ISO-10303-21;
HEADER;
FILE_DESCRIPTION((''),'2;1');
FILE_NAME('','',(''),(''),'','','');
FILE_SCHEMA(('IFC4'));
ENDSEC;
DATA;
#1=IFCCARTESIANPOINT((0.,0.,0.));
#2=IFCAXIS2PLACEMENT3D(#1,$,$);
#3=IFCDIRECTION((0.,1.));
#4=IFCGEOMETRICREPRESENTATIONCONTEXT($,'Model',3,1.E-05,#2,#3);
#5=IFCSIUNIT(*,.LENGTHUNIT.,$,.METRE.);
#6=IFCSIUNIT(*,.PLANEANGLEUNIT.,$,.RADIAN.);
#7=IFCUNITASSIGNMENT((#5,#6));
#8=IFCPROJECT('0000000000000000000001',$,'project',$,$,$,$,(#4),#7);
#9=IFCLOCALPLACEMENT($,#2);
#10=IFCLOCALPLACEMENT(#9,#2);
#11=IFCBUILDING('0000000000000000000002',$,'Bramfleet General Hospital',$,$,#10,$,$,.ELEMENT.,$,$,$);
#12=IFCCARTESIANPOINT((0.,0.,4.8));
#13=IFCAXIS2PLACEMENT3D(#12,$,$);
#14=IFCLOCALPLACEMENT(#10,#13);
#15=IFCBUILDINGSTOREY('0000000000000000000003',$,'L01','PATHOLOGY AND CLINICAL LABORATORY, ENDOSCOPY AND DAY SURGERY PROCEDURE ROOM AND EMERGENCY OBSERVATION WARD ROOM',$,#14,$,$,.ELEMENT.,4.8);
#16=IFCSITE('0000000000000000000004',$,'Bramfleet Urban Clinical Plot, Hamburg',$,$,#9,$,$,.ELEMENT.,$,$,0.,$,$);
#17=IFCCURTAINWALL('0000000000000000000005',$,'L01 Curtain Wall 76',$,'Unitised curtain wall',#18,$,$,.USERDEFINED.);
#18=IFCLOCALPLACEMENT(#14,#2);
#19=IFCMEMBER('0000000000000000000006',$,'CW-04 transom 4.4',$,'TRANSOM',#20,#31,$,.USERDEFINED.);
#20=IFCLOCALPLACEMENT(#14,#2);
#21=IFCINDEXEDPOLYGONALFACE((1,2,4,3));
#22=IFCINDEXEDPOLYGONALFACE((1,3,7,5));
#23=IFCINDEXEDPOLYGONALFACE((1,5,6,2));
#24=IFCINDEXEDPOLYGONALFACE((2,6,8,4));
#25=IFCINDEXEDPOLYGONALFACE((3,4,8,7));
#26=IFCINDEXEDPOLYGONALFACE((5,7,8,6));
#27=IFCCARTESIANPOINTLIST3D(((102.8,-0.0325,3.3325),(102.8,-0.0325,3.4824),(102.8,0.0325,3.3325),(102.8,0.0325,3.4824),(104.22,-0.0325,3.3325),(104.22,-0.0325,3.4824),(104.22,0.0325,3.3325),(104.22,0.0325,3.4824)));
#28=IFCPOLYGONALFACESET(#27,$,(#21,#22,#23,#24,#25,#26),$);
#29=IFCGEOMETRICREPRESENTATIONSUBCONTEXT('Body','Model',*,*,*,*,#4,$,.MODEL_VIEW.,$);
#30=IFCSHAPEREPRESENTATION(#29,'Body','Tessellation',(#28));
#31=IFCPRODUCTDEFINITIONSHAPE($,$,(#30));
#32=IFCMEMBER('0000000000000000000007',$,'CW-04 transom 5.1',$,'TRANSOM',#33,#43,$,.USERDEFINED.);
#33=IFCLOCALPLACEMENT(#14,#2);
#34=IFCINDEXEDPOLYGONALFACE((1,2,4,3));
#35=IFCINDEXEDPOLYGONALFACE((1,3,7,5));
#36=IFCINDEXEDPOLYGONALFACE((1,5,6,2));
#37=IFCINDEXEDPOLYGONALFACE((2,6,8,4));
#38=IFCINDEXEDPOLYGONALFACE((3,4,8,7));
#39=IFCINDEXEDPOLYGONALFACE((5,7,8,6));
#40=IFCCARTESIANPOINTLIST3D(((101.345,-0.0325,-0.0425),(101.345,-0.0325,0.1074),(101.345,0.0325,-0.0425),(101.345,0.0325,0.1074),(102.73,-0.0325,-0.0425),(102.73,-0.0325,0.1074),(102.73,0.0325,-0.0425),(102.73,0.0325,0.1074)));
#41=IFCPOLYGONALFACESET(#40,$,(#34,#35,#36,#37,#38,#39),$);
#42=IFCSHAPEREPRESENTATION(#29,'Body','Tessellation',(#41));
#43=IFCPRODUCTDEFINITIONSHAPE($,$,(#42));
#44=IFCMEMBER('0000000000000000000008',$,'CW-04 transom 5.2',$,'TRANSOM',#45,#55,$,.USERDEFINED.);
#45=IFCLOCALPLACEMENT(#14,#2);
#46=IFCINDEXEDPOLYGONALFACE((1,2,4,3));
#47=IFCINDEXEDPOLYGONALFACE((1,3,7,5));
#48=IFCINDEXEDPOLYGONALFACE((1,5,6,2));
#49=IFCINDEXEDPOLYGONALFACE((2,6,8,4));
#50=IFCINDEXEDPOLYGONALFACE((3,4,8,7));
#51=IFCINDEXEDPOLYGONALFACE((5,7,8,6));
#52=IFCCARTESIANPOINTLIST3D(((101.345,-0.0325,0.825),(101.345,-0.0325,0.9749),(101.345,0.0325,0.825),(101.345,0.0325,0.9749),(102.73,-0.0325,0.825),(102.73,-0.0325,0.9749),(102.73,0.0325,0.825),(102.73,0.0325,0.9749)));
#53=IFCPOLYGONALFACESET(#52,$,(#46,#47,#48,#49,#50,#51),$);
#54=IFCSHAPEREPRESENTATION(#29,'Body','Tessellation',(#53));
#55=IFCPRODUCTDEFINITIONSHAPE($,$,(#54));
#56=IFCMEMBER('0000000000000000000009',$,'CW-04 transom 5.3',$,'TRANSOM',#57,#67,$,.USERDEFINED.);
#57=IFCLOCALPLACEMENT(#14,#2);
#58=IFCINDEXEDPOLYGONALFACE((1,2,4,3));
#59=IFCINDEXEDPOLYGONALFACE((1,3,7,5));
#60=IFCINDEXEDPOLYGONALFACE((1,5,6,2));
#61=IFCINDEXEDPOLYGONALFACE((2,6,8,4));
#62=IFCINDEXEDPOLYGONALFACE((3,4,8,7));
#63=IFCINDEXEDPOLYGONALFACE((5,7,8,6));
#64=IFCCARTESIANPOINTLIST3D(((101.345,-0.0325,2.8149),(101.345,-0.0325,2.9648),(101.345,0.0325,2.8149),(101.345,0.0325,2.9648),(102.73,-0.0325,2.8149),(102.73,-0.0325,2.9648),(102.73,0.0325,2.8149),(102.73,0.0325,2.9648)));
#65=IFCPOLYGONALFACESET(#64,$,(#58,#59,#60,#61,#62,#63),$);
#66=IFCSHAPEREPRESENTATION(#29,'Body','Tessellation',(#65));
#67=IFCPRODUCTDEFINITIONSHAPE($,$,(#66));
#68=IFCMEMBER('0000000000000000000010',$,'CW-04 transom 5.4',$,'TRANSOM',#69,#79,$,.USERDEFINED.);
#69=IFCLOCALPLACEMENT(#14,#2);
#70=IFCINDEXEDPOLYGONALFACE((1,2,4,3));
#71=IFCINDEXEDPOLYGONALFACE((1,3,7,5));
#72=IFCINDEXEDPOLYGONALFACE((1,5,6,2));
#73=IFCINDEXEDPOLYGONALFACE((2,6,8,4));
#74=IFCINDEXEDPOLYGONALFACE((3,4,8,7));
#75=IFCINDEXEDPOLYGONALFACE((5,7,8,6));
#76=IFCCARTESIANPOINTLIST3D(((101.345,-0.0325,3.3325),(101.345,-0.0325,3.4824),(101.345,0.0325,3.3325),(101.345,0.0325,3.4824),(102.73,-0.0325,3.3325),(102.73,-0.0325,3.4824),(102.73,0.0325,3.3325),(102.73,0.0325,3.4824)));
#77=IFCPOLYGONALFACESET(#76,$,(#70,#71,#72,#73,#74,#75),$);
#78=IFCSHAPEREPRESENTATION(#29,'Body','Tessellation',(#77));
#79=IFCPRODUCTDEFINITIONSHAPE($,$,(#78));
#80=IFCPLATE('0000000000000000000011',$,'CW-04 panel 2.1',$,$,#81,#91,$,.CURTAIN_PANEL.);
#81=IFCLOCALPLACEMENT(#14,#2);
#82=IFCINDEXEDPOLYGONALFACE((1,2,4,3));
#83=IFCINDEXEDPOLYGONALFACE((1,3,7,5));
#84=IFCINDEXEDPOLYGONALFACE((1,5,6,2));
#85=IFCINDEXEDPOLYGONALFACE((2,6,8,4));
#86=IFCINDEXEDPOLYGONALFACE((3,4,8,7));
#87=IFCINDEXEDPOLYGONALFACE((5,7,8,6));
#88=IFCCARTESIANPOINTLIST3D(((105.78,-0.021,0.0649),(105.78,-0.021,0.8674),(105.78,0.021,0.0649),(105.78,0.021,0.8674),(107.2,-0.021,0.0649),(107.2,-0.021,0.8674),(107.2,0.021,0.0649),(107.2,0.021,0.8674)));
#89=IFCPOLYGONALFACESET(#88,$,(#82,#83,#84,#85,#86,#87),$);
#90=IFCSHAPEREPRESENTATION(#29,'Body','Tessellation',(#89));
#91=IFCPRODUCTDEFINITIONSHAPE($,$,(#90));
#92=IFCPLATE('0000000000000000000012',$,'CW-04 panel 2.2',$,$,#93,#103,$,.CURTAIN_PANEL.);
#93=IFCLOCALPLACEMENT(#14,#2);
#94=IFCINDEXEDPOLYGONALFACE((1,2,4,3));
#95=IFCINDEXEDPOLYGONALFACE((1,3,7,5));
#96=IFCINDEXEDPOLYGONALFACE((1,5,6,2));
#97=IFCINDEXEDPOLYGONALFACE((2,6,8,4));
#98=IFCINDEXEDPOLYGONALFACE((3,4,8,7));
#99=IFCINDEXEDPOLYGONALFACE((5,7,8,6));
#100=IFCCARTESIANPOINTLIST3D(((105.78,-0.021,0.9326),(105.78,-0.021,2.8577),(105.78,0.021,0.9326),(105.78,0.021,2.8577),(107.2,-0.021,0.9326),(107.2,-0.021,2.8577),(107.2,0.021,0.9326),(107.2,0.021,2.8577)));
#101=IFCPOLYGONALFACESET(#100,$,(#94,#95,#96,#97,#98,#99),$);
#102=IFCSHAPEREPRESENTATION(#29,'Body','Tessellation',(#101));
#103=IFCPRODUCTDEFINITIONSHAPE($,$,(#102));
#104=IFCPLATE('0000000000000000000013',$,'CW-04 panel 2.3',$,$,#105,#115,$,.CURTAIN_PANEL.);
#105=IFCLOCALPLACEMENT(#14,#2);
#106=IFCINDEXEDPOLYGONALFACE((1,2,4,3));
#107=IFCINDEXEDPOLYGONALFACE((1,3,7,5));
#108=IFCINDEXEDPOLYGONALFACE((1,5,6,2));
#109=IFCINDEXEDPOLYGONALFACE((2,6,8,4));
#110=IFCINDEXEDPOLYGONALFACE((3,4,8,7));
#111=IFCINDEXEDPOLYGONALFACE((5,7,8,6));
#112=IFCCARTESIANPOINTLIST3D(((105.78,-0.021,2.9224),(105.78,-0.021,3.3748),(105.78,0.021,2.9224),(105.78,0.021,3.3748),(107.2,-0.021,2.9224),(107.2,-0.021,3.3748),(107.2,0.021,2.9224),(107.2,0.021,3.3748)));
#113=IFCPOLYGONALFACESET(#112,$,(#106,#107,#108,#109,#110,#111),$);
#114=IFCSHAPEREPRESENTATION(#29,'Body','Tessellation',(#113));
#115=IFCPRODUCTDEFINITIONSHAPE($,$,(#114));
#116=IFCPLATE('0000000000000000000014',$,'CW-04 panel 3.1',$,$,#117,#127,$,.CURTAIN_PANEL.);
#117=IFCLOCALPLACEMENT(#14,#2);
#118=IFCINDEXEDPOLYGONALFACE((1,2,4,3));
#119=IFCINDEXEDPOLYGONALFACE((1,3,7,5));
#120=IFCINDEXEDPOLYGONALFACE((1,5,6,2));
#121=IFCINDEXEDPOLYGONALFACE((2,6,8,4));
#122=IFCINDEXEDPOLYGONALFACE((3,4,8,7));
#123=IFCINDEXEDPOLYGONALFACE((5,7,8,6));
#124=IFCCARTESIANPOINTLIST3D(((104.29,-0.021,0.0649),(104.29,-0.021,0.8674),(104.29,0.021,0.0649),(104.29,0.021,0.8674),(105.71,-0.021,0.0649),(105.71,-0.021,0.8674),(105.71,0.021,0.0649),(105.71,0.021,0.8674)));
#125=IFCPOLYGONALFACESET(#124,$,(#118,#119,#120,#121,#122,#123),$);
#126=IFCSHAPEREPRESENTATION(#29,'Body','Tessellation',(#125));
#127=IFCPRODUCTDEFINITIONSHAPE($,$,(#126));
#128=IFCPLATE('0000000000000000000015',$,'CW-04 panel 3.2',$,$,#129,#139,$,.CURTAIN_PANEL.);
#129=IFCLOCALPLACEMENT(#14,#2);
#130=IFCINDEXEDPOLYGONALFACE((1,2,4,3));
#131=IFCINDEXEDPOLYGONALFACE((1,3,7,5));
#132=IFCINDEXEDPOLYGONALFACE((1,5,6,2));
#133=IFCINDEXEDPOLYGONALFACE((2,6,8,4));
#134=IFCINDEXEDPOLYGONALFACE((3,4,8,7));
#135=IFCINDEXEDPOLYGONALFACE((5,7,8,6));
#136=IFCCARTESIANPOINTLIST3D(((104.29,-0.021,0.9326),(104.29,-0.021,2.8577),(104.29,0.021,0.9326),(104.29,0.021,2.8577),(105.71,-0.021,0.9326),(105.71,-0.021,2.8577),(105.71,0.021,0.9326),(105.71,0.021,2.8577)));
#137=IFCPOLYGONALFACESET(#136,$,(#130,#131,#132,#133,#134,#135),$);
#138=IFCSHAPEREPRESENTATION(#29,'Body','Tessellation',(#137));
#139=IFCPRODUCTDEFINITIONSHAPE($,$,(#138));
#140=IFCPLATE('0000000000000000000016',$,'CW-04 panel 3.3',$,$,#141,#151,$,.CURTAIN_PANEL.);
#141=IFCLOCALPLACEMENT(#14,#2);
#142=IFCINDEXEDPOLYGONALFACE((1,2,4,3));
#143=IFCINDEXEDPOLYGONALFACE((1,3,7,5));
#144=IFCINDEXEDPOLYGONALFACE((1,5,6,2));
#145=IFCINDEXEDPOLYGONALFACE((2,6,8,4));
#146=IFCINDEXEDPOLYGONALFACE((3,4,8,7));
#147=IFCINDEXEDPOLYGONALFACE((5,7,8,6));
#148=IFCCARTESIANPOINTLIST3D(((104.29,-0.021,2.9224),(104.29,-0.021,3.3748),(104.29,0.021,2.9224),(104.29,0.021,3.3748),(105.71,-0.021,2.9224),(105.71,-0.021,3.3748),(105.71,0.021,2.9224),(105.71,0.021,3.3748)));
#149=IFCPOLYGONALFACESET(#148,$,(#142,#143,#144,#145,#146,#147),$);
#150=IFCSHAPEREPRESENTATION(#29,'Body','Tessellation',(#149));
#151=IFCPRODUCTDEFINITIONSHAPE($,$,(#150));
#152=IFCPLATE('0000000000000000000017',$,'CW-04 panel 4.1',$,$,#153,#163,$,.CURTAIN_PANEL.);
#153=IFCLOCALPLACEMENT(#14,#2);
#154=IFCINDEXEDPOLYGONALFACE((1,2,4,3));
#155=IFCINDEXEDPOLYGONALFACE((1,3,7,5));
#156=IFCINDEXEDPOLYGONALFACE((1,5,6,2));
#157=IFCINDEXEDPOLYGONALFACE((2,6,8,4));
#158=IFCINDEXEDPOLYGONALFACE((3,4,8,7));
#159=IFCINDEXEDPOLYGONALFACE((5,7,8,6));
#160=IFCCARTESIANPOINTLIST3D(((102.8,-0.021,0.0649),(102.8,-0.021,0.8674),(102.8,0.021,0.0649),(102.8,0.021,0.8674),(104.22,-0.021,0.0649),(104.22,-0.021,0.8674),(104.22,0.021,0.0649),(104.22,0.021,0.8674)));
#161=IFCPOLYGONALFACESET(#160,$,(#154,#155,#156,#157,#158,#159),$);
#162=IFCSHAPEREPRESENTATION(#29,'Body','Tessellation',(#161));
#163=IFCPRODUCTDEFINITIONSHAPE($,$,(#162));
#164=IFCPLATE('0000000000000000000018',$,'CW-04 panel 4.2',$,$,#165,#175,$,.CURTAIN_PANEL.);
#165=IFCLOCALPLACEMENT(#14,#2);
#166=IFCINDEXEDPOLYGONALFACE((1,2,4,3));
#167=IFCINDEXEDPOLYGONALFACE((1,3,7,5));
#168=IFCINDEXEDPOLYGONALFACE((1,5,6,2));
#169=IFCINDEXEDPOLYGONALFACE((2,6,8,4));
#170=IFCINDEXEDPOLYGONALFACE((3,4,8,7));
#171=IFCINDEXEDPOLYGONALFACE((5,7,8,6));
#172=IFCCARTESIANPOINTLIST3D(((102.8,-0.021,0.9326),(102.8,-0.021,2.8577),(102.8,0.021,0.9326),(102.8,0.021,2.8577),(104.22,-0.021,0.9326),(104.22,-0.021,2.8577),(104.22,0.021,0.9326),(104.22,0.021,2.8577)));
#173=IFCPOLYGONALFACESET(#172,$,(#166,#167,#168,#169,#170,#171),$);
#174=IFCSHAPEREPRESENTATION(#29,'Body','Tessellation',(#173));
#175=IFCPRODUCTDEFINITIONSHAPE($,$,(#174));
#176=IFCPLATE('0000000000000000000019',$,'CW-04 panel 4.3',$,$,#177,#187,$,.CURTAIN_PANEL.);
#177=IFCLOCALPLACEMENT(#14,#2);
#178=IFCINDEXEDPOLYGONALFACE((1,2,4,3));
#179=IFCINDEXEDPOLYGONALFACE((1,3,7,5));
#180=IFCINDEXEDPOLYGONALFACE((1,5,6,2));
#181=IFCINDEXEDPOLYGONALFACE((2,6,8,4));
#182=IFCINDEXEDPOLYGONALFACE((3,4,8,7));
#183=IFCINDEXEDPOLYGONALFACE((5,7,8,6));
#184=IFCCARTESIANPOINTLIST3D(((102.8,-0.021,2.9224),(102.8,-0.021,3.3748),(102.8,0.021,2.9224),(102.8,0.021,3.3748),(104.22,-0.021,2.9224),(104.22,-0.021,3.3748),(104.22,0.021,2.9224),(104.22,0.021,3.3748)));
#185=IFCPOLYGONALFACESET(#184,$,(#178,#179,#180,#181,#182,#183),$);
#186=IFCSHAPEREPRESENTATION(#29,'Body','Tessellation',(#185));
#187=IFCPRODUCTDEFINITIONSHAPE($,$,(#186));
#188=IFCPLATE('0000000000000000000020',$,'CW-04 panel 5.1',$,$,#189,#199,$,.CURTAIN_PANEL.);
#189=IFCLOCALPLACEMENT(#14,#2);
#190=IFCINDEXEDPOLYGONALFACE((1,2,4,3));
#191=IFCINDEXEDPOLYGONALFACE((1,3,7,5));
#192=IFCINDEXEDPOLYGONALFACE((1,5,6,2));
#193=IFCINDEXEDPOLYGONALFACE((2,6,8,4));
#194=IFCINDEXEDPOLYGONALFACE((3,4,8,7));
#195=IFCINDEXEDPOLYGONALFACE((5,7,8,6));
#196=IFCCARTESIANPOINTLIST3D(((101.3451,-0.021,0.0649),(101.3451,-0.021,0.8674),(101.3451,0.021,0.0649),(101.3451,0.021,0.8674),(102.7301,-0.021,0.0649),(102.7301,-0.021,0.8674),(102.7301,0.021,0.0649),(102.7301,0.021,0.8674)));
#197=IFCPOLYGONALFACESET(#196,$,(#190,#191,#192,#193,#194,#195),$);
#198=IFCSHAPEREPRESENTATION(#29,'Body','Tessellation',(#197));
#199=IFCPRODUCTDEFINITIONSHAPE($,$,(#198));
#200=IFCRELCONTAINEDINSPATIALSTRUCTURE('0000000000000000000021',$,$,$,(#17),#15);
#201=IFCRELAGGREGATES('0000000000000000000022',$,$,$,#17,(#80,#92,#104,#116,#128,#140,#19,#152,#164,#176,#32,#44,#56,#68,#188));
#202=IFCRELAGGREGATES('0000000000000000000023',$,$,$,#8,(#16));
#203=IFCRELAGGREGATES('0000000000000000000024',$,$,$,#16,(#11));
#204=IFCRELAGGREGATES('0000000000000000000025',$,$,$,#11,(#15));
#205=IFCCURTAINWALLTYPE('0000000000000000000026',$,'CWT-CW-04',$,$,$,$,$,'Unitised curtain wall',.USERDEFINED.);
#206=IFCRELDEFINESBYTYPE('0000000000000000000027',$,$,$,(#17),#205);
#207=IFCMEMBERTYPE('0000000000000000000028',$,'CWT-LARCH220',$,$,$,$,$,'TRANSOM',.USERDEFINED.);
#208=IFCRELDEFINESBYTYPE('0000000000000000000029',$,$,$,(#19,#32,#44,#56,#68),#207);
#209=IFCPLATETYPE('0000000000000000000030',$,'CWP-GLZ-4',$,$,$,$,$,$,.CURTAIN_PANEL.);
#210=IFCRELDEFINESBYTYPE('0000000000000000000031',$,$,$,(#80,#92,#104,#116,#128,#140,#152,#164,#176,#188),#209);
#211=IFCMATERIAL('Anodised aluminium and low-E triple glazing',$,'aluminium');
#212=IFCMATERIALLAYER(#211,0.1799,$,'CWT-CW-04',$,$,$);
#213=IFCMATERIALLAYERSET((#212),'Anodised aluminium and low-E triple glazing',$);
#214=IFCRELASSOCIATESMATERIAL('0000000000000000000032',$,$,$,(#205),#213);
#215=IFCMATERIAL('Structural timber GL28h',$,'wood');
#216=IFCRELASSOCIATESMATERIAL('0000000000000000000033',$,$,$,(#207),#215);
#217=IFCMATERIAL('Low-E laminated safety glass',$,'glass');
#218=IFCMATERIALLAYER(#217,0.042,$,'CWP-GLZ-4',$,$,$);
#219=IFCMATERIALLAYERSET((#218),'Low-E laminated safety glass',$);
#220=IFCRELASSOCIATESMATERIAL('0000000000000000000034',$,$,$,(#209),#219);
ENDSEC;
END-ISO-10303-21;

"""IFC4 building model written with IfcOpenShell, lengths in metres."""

from ifc_helpers import new_model, si_unit, direction, frame, origin, origin_2d, place, context, subcontext, project, spatial, rectangle, extrude, material, layer, layer_set, material_profile, profile_set, type_object, element, aggregate, save


model = new_model("IFC4")

# Units and contexts
model_context = context("Model", 3, precision=1e-05, world=origin(), true_north=direction((0.0, 1.0)))
body_context = subcontext(model_context, "Body", "Model", "MODEL_VIEW")
ifc_project = project(units=[si_unit("LENGTHUNIT", "METRE"), si_unit("PLANEANGLEUNIT", "RADIAN")], contexts=[model_context])

# Site, building, storey
site_placement = place(None, origin())
site = spatial("IfcSite", under=ifc_project, at=site_placement, Name="Bramfleet Urban Clinical Plot, Hamburg", CompositionType="ELEMENT", RefElevation=0.0)
building_placement = place(site_placement, origin())
building = spatial("IfcBuilding", under=site, at=building_placement, Name="Bramfleet General Hospital", CompositionType="ELEMENT")
storey_placement = place(building_placement, frame((0.0, 0.0, 4.8)))
storey = spatial("IfcBuildingStorey", under=building, at=storey_placement, Name="L01", Description="PATHOLOGY AND CLINICAL LABORATORY, ENDOSCOPY AND DAY SURGERY PROCEDURE ROOM AND EMERGENCY OBSERVATION WARD ROOM", CompositionType="ELEMENT", Elevation=4.8)

# Curtain wall, members, plates
ifc_material_1 = material(Name="Anodised aluminium and low-E triple glazing", Category="aluminium")
ifc_layer_1 = layer(ifc_material_1, 0.1799, Name="CWT-CW-04")
ifc_layer_set_1 = layer_set([ifc_layer_1], Name="Anodised aluminium and low-E triple glazing")
curtain_wall_type = type_object("IfcCurtainWallType", Name="CWT-CW-04", ElementType="Unitised curtain wall", PredefinedType="USERDEFINED", material=ifc_layer_set_1)
curtain_wall_placement = place(storey_placement, origin())
curtain_wall = element("IfcCurtainWall", 1, at=curtain_wall_placement, inside=storey, type_object=curtain_wall_type, Name="L01 Curtain Wall 76", ObjectType="Unitised curtain wall", PredefinedType="USERDEFINED")
ifc_material_2 = material(Name="Structural timber GL28h", Category="wood")
ifc_material_profile_1 = material_profile(ifc_material_2, rectangle(XDim=0.0649, YDim=0.1499, at=origin_2d()), Name="LARCH 150x65")
ifc_profile_set_1 = profile_set([ifc_material_profile_1], Name="Structural timber GL28h")
member_type_1 = type_object("IfcMemberType", Name="CWT-LARCH220", ElementType="TRANSOM", PredefinedType="USERDEFINED", material=ifc_profile_set_1)
member_1_placement = place(storey_placement, frame((104.22, 0.0, 3.4075), z_axis=(-1.0, 0.0, 0.0), x_axis=(0.0, -1.0, 0.0)))
member_1 = element("IfcMember", 2, at=member_1_placement, type_object=member_type_1, Name="CW-04 transom 4.4", ObjectType="TRANSOM", PredefinedType="USERDEFINED", context=body_context, shape_type="SweptSolid", body=[
    extrude(rectangle(XDim=0.0649, YDim=0.1499, at=origin_2d()), origin(), (0.0, 0.0, 1.0), 1.4199),
])
member_2_placement = place(storey_placement, frame((102.73, 0.0, 0.0325), z_axis=(-1.0, 0.0, 0.0), x_axis=(0.0, -1.0, 0.0)))
member_2 = element("IfcMember", 3, at=member_2_placement, type_object=member_type_1, Name="CW-04 transom 5.1", ObjectType="TRANSOM", PredefinedType="USERDEFINED", context=body_context, shape_type="SweptSolid", body=[
    extrude(rectangle(XDim=0.0649, YDim=0.1499, at=origin_2d()), origin(), (0.0, 0.0, 1.0), 1.385),
])
member_3_placement = place(storey_placement, frame((102.73, 0.0, 0.8999), z_axis=(-1.0, 0.0, 0.0), x_axis=(0.0, -1.0, 0.0)))
member_3 = element("IfcMember", 4, at=member_3_placement, type_object=member_type_1, Name="CW-04 transom 5.2", ObjectType="TRANSOM", PredefinedType="USERDEFINED", context=body_context, shape_type="SweptSolid", body=[
    extrude(rectangle(XDim=0.0649, YDim=0.1499, at=origin_2d()), origin(), (0.0, 0.0, 1.0), 1.385),
])
member_4_placement = place(storey_placement, frame((102.73, 0.0, 2.8899), z_axis=(-1.0, 0.0, 0.0), x_axis=(0.0, -1.0, 0.0)))
member_4 = element("IfcMember", 5, at=member_4_placement, type_object=member_type_1, Name="CW-04 transom 5.3", ObjectType="TRANSOM", PredefinedType="USERDEFINED", context=body_context, shape_type="SweptSolid", body=[
    extrude(rectangle(XDim=0.0649, YDim=0.1499, at=origin_2d()), origin(), (0.0, 0.0, 1.0), 1.385),
])
member_5_placement = place(storey_placement, frame((102.73, 0.0, 3.4075), z_axis=(-1.0, 0.0, 0.0), x_axis=(0.0, -1.0, 0.0)))
member_5 = element("IfcMember", 6, at=member_5_placement, type_object=member_type_1, Name="CW-04 transom 5.4", ObjectType="TRANSOM", PredefinedType="USERDEFINED", context=body_context, shape_type="SweptSolid", body=[
    extrude(rectangle(XDim=0.0649, YDim=0.1499, at=origin_2d()), origin(), (0.0, 0.0, 1.0), 1.385),
])
ifc_material_3 = material(Name="Low-E laminated safety glass", Category="glass")
ifc_layer_2 = layer(ifc_material_3, 0.042, Name="CWP-GLZ-4")
ifc_layer_set_2 = layer_set([ifc_layer_2], Name="Low-E laminated safety glass")
plate_type = type_object("IfcPlateType", Name="CWP-GLZ-4", PredefinedType="CURTAIN_PANEL", material=ifc_layer_set_2)
plate_1_placement = place(storey_placement, frame((106.49, 0.0, 0.0649), z_axis=(0.0, 0.0, 1.0), x_axis=(-1.0, 0.0, 0.0)))
plate_1 = element("IfcPlate", 7, at=plate_1_placement, type_object=plate_type, Name="CW-04 panel 2.1", PredefinedType="CURTAIN_PANEL", context=body_context, shape_type="SweptSolid", body=[
    extrude(rectangle(XDim=1.4199, YDim=0.042, at=origin_2d()), origin(), (0.0, 0.0, 1.0), 0.8025),
])
plate_2_placement = place(storey_placement, frame((106.49, 0.0, 0.9326), z_axis=(0.0, 0.0, 1.0), x_axis=(-1.0, 0.0, 0.0)))
plate_2 = element("IfcPlate", 8, at=plate_2_placement, type_object=plate_type, Name="CW-04 panel 2.2", PredefinedType="CURTAIN_PANEL", context=body_context, shape_type="SweptSolid", body=[
    extrude(rectangle(XDim=1.4199, YDim=0.042, at=origin_2d()), origin(), (0.0, 0.0, 1.0), 1.925),
])
plate_3_placement = place(storey_placement, frame((106.49, 0.0, 2.9224), z_axis=(0.0, 0.0, 1.0), x_axis=(-1.0, 0.0, 0.0)))
plate_3 = element("IfcPlate", 9, at=plate_3_placement, type_object=plate_type, Name="CW-04 panel 2.3", PredefinedType="CURTAIN_PANEL", context=body_context, shape_type="SweptSolid", body=[
    extrude(rectangle(XDim=1.4199, YDim=0.042, at=origin_2d()), origin(), (0.0, 0.0, 1.0), 0.4524),
])
plate_4_placement = place(storey_placement, frame((105.0, 0.0, 0.0649), z_axis=(0.0, 0.0, 1.0), x_axis=(-1.0, 0.0, 0.0)))
plate_4 = element("IfcPlate", 10, at=plate_4_placement, type_object=plate_type, Name="CW-04 panel 3.1", PredefinedType="CURTAIN_PANEL", context=body_context, shape_type="SweptSolid", body=[
    extrude(rectangle(XDim=1.4199, YDim=0.042, at=origin_2d()), origin(), (0.0, 0.0, 1.0), 0.8025),
])
plate_5_placement = place(storey_placement, frame((105.0, 0.0, 0.9326), z_axis=(0.0, 0.0, 1.0), x_axis=(-1.0, 0.0, 0.0)))
plate_5 = element("IfcPlate", 11, at=plate_5_placement, type_object=plate_type, Name="CW-04 panel 3.2", PredefinedType="CURTAIN_PANEL", context=body_context, shape_type="SweptSolid", body=[
    extrude(rectangle(XDim=1.4199, YDim=0.042, at=origin_2d()), origin(), (0.0, 0.0, 1.0), 1.925),
])
plate_6_placement = place(storey_placement, frame((105.0, 0.0, 2.9224), z_axis=(0.0, 0.0, 1.0), x_axis=(-1.0, 0.0, 0.0)))
plate_6 = element("IfcPlate", 12, at=plate_6_placement, type_object=plate_type, Name="CW-04 panel 3.3", PredefinedType="CURTAIN_PANEL", context=body_context, shape_type="SweptSolid", body=[
    extrude(rectangle(XDim=1.4199, YDim=0.042, at=origin_2d()), origin(), (0.0, 0.0, 1.0), 0.4524),
])
plate_7_placement = place(storey_placement, frame((103.51, 0.0, 0.0649), z_axis=(0.0, 0.0, 1.0), x_axis=(-1.0, 0.0, 0.0)))
plate_7 = element("IfcPlate", 13, at=plate_7_placement, type_object=plate_type, Name="CW-04 panel 4.1", PredefinedType="CURTAIN_PANEL", context=body_context, shape_type="SweptSolid", body=[
    extrude(rectangle(XDim=1.4199, YDim=0.042, at=origin_2d()), origin(), (0.0, 0.0, 1.0), 0.8025),
])
plate_8_placement = place(storey_placement, frame((103.51, 0.0, 0.9326), z_axis=(0.0, 0.0, 1.0), x_axis=(-1.0, 0.0, 0.0)))
plate_8 = element("IfcPlate", 14, at=plate_8_placement, type_object=plate_type, Name="CW-04 panel 4.2", PredefinedType="CURTAIN_PANEL", context=body_context, shape_type="SweptSolid", body=[
    extrude(rectangle(XDim=1.4199, YDim=0.042, at=origin_2d()), origin(), (0.0, 0.0, 1.0), 1.925),
])
plate_9_placement = place(storey_placement, frame((103.51, 0.0, 2.9224), z_axis=(0.0, 0.0, 1.0), x_axis=(-1.0, 0.0, 0.0)))
plate_9 = element("IfcPlate", 15, at=plate_9_placement, type_object=plate_type, Name="CW-04 panel 4.3", PredefinedType="CURTAIN_PANEL", context=body_context, shape_type="SweptSolid", body=[
    extrude(rectangle(XDim=1.4199, YDim=0.042, at=origin_2d()), origin(), (0.0, 0.0, 1.0), 0.4524),
])
plate_10_placement = place(storey_placement, frame((102.0376, 0.0, 0.0649), z_axis=(0.0, 0.0, 1.0), x_axis=(-1.0, 0.0, 0.0)))
plate_10 = element("IfcPlate", 16, at=plate_10_placement, type_object=plate_type, Name="CW-04 panel 5.1", PredefinedType="CURTAIN_PANEL", context=body_context, shape_type="SweptSolid", body=[
    extrude(rectangle(XDim=1.385, YDim=0.042, at=origin_2d()), origin(), (0.0, 0.0, 1.0), 0.8025),
])
aggregate(curtain_wall, [plate_1, plate_2, plate_3, plate_4, plate_5, plate_6, member_1, plate_7, plate_8, plate_9, member_2, member_3, member_4, member_5, plate_10])

save(model, "model.ifc")
